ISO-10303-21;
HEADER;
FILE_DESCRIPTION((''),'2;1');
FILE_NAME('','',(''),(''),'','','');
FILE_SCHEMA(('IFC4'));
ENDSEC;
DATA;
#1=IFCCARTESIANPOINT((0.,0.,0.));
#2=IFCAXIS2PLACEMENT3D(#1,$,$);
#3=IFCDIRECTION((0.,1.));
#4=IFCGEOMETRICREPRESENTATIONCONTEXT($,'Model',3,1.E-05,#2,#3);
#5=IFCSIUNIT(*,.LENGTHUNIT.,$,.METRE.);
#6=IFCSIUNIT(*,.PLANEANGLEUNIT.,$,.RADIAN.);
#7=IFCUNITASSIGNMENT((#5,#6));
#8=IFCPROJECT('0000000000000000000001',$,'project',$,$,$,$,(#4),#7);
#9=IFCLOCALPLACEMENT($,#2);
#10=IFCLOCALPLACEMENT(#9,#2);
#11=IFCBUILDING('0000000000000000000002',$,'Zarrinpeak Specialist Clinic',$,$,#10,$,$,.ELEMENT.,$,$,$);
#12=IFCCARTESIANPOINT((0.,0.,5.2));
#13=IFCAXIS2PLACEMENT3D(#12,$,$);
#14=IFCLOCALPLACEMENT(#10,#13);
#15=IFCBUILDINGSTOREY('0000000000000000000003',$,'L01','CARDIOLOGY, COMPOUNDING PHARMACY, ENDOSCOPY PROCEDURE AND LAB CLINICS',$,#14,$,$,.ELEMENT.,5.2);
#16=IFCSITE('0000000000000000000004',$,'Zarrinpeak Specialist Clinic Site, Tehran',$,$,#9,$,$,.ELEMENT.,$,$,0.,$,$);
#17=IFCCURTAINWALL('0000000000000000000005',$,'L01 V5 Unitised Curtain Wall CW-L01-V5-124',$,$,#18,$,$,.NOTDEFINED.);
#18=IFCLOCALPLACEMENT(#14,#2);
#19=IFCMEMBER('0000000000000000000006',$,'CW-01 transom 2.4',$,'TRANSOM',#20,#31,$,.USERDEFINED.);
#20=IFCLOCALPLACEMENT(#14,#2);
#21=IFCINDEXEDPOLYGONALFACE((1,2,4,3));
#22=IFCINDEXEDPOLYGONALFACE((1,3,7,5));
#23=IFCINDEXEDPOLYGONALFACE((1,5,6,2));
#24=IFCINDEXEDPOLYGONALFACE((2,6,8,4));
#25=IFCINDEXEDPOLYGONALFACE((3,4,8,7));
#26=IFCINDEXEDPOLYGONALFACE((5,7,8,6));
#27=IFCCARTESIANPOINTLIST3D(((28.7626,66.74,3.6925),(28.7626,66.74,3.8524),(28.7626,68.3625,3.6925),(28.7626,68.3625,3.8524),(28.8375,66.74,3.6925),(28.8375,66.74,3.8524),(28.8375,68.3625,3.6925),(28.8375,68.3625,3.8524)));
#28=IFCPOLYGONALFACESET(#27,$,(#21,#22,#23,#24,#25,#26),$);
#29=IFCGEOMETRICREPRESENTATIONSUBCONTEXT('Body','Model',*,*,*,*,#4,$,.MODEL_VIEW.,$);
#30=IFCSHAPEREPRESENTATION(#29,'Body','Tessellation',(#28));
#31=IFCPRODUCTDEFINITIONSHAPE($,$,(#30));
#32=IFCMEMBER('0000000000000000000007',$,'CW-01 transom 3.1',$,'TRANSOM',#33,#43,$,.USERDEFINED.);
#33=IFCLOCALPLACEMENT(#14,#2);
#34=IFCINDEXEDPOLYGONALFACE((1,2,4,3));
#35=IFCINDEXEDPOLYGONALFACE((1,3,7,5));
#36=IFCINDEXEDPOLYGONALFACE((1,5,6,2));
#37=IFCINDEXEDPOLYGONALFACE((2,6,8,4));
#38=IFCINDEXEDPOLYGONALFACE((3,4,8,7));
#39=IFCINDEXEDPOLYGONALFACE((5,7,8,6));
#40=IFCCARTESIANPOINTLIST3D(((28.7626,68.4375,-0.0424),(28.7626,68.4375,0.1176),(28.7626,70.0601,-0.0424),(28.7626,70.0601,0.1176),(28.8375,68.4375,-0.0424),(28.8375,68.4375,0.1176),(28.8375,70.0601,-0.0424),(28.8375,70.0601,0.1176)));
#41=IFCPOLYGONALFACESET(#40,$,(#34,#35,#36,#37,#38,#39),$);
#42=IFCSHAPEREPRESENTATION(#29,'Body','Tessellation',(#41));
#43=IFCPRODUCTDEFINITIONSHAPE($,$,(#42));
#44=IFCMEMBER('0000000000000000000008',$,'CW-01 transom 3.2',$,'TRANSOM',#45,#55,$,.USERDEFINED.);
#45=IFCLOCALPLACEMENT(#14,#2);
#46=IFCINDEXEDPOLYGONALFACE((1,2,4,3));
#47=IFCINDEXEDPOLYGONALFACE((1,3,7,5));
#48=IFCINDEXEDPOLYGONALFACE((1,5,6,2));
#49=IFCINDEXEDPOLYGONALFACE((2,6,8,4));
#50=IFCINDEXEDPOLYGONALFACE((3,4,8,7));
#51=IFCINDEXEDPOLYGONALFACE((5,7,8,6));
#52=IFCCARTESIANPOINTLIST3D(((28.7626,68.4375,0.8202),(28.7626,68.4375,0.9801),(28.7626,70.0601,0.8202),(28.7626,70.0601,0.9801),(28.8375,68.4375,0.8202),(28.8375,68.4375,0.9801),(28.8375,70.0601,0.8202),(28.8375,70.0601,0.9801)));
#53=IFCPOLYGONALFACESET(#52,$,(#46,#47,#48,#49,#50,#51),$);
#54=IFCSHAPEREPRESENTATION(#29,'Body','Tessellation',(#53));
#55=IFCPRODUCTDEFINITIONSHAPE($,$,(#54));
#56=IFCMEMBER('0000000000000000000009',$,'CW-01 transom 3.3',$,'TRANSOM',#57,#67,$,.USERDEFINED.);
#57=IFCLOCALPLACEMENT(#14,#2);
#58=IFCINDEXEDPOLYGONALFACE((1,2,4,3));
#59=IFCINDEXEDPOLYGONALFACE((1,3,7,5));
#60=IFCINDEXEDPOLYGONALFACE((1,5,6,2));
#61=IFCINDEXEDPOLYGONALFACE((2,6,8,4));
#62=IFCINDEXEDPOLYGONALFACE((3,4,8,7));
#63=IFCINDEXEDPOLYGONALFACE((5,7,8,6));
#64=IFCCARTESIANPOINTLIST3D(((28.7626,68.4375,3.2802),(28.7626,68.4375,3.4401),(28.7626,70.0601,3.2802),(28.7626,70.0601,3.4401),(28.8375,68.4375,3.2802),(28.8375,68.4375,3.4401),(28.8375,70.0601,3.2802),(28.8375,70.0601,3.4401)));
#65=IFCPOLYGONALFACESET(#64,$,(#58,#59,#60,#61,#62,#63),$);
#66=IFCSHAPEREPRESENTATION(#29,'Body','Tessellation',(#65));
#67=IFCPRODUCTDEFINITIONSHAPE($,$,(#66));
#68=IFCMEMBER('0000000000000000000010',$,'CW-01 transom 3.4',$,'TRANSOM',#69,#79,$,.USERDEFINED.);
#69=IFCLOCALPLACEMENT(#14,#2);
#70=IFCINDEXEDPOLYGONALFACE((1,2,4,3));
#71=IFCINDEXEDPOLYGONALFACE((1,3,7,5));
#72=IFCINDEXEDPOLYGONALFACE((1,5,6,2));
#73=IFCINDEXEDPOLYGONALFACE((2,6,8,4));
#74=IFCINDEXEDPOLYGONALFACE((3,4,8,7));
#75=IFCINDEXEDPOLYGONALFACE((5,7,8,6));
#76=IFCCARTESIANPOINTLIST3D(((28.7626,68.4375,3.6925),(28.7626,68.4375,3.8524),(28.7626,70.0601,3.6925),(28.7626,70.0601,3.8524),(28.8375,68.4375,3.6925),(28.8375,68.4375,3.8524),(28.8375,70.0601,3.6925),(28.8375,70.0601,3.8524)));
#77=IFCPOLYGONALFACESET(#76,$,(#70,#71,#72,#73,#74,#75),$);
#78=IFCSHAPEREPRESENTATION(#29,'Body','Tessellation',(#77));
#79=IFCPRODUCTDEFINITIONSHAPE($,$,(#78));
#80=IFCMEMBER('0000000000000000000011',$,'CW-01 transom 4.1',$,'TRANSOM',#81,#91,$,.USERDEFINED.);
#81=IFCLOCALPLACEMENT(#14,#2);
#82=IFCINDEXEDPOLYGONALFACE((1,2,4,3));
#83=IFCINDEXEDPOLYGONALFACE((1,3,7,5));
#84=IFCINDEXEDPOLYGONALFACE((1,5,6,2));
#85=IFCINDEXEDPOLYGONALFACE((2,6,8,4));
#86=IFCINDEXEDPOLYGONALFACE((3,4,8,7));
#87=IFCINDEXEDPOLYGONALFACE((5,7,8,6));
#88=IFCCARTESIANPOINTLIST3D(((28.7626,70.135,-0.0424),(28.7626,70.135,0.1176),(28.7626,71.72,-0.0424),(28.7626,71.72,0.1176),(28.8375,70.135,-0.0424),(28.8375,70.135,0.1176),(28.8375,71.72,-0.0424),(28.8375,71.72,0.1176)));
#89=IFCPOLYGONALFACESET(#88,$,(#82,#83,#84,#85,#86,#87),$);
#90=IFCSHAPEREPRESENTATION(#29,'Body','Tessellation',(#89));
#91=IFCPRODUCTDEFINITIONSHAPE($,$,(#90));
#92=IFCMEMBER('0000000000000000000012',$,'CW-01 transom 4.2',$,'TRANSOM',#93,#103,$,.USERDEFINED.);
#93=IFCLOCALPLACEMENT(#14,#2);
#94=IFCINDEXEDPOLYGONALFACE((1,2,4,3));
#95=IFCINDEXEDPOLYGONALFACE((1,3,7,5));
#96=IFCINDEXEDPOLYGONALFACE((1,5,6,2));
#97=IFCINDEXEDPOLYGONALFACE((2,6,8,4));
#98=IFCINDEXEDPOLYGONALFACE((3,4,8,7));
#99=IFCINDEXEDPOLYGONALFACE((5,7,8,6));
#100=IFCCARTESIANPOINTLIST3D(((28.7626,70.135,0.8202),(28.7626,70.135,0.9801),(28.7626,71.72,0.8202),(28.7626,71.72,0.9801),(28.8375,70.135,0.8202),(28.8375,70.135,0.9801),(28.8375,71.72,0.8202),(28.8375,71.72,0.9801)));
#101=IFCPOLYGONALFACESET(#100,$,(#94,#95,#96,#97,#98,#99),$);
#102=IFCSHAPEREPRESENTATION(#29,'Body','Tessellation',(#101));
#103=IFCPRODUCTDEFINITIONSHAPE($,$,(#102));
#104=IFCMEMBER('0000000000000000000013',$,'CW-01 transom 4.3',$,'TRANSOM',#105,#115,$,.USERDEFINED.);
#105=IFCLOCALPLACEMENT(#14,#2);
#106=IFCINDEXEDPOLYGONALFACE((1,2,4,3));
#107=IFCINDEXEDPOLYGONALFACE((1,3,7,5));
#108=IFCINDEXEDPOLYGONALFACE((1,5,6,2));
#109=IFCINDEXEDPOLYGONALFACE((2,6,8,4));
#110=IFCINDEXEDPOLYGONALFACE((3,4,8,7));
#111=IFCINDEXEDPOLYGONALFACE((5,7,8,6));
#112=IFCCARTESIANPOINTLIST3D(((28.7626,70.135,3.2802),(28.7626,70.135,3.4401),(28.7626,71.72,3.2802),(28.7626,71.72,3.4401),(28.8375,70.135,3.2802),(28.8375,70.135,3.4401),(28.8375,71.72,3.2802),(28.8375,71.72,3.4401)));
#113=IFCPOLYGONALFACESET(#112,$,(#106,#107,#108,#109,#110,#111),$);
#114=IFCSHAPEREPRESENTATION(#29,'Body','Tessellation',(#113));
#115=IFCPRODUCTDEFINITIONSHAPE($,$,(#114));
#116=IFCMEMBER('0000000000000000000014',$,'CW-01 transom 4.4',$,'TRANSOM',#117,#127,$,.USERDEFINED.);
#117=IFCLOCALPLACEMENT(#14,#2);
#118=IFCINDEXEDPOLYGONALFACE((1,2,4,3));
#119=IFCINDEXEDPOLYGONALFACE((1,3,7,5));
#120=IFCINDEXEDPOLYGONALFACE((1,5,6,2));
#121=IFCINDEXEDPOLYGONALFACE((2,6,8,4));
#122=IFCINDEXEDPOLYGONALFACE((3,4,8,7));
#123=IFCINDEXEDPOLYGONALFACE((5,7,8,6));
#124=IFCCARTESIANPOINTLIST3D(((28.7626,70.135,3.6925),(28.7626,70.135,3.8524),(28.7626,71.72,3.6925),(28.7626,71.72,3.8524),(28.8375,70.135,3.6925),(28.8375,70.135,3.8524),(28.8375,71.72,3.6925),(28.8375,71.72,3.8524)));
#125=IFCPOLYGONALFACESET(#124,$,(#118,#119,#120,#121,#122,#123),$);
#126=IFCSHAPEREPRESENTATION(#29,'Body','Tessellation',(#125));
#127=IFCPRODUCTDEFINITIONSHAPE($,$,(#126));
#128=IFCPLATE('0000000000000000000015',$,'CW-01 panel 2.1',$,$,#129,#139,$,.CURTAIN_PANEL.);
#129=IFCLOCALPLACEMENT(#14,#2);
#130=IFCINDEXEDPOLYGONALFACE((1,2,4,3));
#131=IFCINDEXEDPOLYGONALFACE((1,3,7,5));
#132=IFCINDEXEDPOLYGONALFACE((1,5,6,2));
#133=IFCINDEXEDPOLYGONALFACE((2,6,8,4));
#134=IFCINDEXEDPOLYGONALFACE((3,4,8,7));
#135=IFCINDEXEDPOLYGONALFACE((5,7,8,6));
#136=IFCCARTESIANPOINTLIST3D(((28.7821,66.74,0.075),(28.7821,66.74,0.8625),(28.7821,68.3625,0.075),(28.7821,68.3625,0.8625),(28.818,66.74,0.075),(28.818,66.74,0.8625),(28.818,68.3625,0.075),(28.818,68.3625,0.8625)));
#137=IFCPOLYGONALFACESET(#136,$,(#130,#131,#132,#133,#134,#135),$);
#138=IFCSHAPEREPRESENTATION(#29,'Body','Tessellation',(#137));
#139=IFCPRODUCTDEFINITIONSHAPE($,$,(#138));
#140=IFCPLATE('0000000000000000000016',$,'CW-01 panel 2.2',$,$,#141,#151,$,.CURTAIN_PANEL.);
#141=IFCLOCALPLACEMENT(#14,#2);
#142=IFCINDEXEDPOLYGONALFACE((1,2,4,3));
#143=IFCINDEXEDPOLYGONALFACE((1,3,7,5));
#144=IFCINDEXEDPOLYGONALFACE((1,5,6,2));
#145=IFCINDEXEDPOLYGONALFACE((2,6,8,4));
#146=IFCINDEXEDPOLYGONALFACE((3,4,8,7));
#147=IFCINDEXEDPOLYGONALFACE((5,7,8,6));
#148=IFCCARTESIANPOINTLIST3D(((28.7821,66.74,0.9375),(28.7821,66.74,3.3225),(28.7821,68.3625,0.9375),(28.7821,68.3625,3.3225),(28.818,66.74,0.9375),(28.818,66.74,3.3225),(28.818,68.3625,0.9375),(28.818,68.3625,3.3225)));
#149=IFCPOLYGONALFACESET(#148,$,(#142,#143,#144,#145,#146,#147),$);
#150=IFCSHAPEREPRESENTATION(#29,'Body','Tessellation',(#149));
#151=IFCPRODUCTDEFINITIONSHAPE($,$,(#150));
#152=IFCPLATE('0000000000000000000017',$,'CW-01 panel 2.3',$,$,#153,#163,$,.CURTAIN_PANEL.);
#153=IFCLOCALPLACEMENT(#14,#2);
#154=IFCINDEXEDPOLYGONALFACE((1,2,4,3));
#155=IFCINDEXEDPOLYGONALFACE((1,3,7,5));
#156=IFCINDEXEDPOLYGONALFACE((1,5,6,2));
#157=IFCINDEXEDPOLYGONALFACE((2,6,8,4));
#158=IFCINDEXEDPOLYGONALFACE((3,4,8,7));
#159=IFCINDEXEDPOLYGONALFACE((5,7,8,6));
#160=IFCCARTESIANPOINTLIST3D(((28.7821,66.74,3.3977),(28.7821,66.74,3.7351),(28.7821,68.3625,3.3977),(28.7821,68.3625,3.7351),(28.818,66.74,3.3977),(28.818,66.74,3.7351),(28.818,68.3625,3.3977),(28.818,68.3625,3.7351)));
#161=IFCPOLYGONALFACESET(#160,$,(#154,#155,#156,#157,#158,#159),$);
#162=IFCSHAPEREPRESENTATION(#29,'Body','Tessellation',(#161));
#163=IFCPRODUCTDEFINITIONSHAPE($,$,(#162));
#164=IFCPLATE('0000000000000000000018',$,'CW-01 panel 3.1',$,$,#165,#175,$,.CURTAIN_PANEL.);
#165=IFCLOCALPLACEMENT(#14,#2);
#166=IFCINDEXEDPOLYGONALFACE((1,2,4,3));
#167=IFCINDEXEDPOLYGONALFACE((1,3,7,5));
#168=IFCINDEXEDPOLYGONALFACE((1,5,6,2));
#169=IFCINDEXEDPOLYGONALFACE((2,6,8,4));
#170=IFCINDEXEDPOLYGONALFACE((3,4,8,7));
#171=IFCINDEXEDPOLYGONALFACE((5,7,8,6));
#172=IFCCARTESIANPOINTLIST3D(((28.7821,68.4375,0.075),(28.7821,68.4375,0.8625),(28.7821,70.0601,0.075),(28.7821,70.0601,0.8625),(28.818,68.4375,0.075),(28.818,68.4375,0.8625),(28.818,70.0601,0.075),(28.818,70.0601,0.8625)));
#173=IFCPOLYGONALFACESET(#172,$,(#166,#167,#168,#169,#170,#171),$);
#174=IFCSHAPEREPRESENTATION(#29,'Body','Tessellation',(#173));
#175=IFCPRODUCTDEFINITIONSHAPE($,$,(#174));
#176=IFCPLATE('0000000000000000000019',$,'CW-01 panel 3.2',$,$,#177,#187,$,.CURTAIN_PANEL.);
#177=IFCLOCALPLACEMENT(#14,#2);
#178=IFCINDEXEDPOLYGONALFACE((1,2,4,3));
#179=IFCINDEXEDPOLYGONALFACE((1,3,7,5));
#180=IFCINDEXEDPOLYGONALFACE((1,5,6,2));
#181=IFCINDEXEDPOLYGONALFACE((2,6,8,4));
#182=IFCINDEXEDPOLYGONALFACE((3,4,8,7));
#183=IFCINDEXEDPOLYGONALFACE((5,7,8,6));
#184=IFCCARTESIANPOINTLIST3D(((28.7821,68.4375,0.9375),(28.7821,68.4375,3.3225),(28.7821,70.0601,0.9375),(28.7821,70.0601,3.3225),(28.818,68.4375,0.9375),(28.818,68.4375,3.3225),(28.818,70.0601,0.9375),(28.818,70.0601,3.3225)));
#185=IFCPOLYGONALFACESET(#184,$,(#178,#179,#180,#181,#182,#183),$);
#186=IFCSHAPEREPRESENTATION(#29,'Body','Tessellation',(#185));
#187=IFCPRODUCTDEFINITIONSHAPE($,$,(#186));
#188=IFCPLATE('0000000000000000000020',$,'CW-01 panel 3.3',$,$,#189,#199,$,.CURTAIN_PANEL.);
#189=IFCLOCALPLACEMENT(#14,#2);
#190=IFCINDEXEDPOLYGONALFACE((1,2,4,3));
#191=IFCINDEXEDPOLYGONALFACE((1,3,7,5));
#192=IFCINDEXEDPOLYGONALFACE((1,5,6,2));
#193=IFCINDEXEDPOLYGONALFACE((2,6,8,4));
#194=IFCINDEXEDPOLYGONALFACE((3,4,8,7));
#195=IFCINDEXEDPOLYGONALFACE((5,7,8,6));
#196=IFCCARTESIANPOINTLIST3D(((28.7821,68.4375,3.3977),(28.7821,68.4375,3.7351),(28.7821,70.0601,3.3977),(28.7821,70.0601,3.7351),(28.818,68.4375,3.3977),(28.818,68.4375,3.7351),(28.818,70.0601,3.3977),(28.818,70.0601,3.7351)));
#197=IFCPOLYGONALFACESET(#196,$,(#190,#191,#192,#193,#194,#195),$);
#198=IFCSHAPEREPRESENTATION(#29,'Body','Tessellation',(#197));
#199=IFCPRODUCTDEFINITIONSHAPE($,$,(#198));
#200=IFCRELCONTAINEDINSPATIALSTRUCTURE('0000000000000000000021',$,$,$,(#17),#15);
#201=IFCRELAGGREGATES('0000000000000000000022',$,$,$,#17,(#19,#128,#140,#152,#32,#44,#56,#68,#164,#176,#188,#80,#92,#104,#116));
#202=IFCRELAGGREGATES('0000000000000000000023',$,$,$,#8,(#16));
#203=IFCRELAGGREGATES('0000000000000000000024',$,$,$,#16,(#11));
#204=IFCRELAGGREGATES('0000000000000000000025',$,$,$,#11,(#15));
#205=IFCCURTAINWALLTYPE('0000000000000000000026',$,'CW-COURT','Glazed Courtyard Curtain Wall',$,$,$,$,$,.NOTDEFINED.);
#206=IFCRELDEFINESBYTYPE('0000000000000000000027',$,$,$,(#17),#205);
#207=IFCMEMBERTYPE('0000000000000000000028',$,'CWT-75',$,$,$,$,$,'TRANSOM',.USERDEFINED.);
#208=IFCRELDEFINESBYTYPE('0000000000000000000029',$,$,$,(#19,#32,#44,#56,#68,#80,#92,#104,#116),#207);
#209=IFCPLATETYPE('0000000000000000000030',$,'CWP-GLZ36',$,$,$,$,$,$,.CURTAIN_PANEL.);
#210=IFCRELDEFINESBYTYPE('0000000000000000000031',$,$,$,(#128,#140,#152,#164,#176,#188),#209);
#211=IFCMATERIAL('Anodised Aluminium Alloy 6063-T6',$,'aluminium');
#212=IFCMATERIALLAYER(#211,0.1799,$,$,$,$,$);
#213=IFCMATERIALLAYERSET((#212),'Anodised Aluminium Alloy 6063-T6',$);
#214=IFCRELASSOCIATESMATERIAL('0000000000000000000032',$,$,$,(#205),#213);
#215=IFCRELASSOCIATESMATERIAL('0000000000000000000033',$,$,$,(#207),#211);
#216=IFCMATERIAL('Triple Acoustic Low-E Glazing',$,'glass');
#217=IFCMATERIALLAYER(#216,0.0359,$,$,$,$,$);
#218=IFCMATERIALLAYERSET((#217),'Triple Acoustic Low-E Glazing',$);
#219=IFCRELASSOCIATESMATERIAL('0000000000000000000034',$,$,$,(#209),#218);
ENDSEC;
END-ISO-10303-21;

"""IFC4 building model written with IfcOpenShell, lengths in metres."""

from ifc_helpers import new_model, si_unit, direction, frame, origin, origin_2d, place, context, subcontext, project, spatial, rectangle, extrude, material, layer, layer_set, material_profile, profile_set, type_object, element, aggregate, save


model = new_model("IFC4")

# Units and contexts
model_context = context("Model", 3, precision=1e-05, world=origin(), true_north=direction((0.0, 1.0)))
body_context = subcontext(model_context, "Body", "Model", "MODEL_VIEW")
ifc_project = project(units=[si_unit("LENGTHUNIT", "METRE"), si_unit("PLANEANGLEUNIT", "RADIAN")], contexts=[model_context])

# Site, building, storey
site_placement = place(None, origin())
site = spatial("IfcSite", under=ifc_project, at=site_placement, Name="Zarrinpeak Specialist Clinic Site, Tehran", CompositionType="ELEMENT", RefElevation=0.0)
building_placement = place(site_placement, origin())
building = spatial("IfcBuilding", under=site, at=building_placement, Name="Zarrinpeak Specialist Clinic", CompositionType="ELEMENT")
storey_placement = place(building_placement, frame((0.0, 0.0, 5.2)))
storey = spatial("IfcBuildingStorey", under=building, at=storey_placement, Name="L01", Description="CARDIOLOGY, COMPOUNDING PHARMACY, ENDOSCOPY PROCEDURE AND LAB CLINICS", CompositionType="ELEMENT", Elevation=5.2)

# Curtain wall, members, plates
ifc_material_1 = material(Name="Anodised Aluminium Alloy 6063-T6", Category="aluminium")
ifc_layer_1 = layer(ifc_material_1, 0.1799)
ifc_layer_set_1 = layer_set([ifc_layer_1], Name="Anodised Aluminium Alloy 6063-T6")
curtain_wall_type = type_object("IfcCurtainWallType", Name="CW-COURT", Description="Glazed Courtyard Curtain Wall", PredefinedType="NOTDEFINED", material=ifc_layer_set_1)
curtain_wall_placement = place(storey_placement, origin())
curtain_wall = element("IfcCurtainWall", 1, at=curtain_wall_placement, inside=storey, type_object=curtain_wall_type, Name="L01 V5 Unitised Curtain Wall CW-L01-V5-124", PredefinedType="NOTDEFINED")
ifc_material_profile_1 = material_profile(ifc_material_1, rectangle(XDim=0.075, YDim=0.1599, at=origin_2d()), Name="ALU 75x160")
ifc_profile_set_1 = profile_set([ifc_material_profile_1], Name="Anodised Aluminium Alloy 6063-T6")
member_type_1 = type_object("IfcMemberType", Name="CWT-75", ElementType="TRANSOM", PredefinedType="USERDEFINED", material=ifc_profile_set_1)
member_1_placement = place(storey_placement, frame((28.8, 66.74, 3.7725), z_axis=(0.0, 1.0, 0.0), x_axis=(-1.0, 0.0, 0.0)))
member_1 = element("IfcMember", 2, at=member_1_placement, type_object=member_type_1, Name="CW-01 transom 2.4", ObjectType="TRANSOM", PredefinedType="USERDEFINED", context=body_context, shape_type="SweptSolid", body=[
    extrude(rectangle(XDim=0.075, YDim=0.1599, at=origin_2d()), origin(), (0.0, 0.0, 1.0), 1.6226),
])
member_2_placement = place(storey_placement, frame((28.8, 68.4375, 0.0376), z_axis=(0.0, 1.0, 0.0), x_axis=(-1.0, 0.0, 0.0)))
member_2 = element("IfcMember", 3, at=member_2_placement, type_object=member_type_1, Name="CW-01 transom 3.1", ObjectType="TRANSOM", PredefinedType="USERDEFINED", context=body_context, shape_type="SweptSolid", body=[
    extrude(rectangle(XDim=0.075, YDim=0.1599, at=origin_2d()), origin(), (0.0, 0.0, 1.0), 1.6226),
])
member_3_placement = place(storey_placement, frame((28.8, 68.4375, 0.9001), z_axis=(0.0, 1.0, 0.0), x_axis=(-1.0, 0.0, 0.0)))
member_3 = element("IfcMember", 4, at=member_3_placement, type_object=member_type_1, Name="CW-01 transom 3.2", ObjectType="TRANSOM", PredefinedType="USERDEFINED", context=body_context, shape_type="SweptSolid", body=[
    extrude(rectangle(XDim=0.075, YDim=0.1599, at=origin_2d()), origin(), (0.0, 0.0, 1.0), 1.6226),
])
member_4_placement = place(storey_placement, frame((28.8, 68.4375, 3.3601), z_axis=(0.0, 1.0, 0.0), x_axis=(-1.0, 0.0, 0.0)))
member_4 = element("IfcMember", 5, at=member_4_placement, type_object=member_type_1, Name="CW-01 transom 3.3", ObjectType="TRANSOM", PredefinedType="USERDEFINED", context=body_context, shape_type="SweptSolid", body=[
    extrude(rectangle(XDim=0.075, YDim=0.1599, at=origin_2d()), origin(), (0.0, 0.0, 1.0), 1.6226),
])
member_5_placement = place(storey_placement, frame((28.8, 68.4375, 3.7725), z_axis=(0.0, 1.0, 0.0), x_axis=(-1.0, 0.0, 0.0)))
member_5 = element("IfcMember", 6, at=member_5_placement, type_object=member_type_1, Name="CW-01 transom 3.4", ObjectType="TRANSOM", PredefinedType="USERDEFINED", context=body_context, shape_type="SweptSolid", body=[
    extrude(rectangle(XDim=0.075, YDim=0.1599, at=origin_2d()), origin(), (0.0, 0.0, 1.0), 1.6226),
])
member_6_placement = place(storey_placement, frame((28.8, 70.135, 0.0376), z_axis=(0.0, 1.0, 0.0), x_axis=(-1.0, 0.0, 0.0)))
member_6 = element("IfcMember", 7, at=member_6_placement, type_object=member_type_1, Name="CW-01 transom 4.1", ObjectType="TRANSOM", PredefinedType="USERDEFINED", context=body_context, shape_type="SweptSolid", body=[
    extrude(rectangle(XDim=0.075, YDim=0.1599, at=origin_2d()), origin(), (0.0, 0.0, 1.0), 1.585),
])
member_7_placement = place(storey_placement, frame((28.8, 70.135, 0.9001), z_axis=(0.0, 1.0, 0.0), x_axis=(-1.0, 0.0, 0.0)))
member_7 = element("IfcMember", 8, at=member_7_placement, type_object=member_type_1, Name="CW-01 transom 4.2", ObjectType="TRANSOM", PredefinedType="USERDEFINED", context=body_context, shape_type="SweptSolid", body=[
    extrude(rectangle(XDim=0.075, YDim=0.1599, at=origin_2d()), origin(), (0.0, 0.0, 1.0), 1.585),
])
member_8_placement = place(storey_placement, frame((28.8, 70.135, 3.3601), z_axis=(0.0, 1.0, 0.0), x_axis=(-1.0, 0.0, 0.0)))
member_8 = element("IfcMember", 9, at=member_8_placement, type_object=member_type_1, Name="CW-01 transom 4.3", ObjectType="TRANSOM", PredefinedType="USERDEFINED", context=body_context, shape_type="SweptSolid", body=[
    extrude(rectangle(XDim=0.075, YDim=0.1599, at=origin_2d()), origin(), (0.0, 0.0, 1.0), 1.585),
])
member_9_placement = place(storey_placement, frame((28.8, 70.135, 3.7725), z_axis=(0.0, 1.0, 0.0), x_axis=(-1.0, 0.0, 0.0)))
member_9 = element("IfcMember", 10, at=member_9_placement, type_object=member_type_1, Name="CW-01 transom 4.4", ObjectType="TRANSOM", PredefinedType="USERDEFINED", context=body_context, shape_type="SweptSolid", body=[
    extrude(rectangle(XDim=0.075, YDim=0.1599, at=origin_2d()), origin(), (0.0, 0.0, 1.0), 1.585),
])
ifc_material_2 = material(Name="Triple Acoustic Low-E Glazing", Category="glass")
ifc_layer_2 = layer(ifc_material_2, 0.0359)
ifc_layer_set_2 = layer_set([ifc_layer_2], Name="Triple Acoustic Low-E Glazing")
plate_type = type_object("IfcPlateType", Name="CWP-GLZ36", PredefinedType="CURTAIN_PANEL", material=ifc_layer_set_2)
plate_1_placement = place(storey_placement, frame((28.8, 67.5513, 0.075), z_axis=(0.0, 0.0, 1.0), x_axis=(0.0, 1.0, 0.0)))
plate_1 = element("IfcPlate", 11, at=plate_1_placement, type_object=plate_type, Name="CW-01 panel 2.1", PredefinedType="CURTAIN_PANEL", context=body_context, shape_type="SweptSolid", body=[
    extrude(rectangle(XDim=1.6226, YDim=0.0359, at=origin_2d()), origin(), (0.0, 0.0, 1.0), 0.7876),
])
plate_2_placement = place(storey_placement, frame((28.8, 67.5513, 0.9375), z_axis=(0.0, 0.0, 1.0), x_axis=(0.0, 1.0, 0.0)))
plate_2 = element("IfcPlate", 12, at=plate_2_placement, type_object=plate_type, Name="CW-01 panel 2.2", PredefinedType="CURTAIN_PANEL", context=body_context, shape_type="SweptSolid", body=[
    extrude(rectangle(XDim=1.6226, YDim=0.0359, at=origin_2d()), origin(), (0.0, 0.0, 1.0), 2.385),
])
plate_3_placement = place(storey_placement, frame((28.8, 67.5513, 3.3977), z_axis=(0.0, 0.0, 1.0), x_axis=(0.0, 1.0, 0.0)))
plate_3 = element("IfcPlate", 13, at=plate_3_placement, type_object=plate_type, Name="CW-01 panel 2.3", PredefinedType="CURTAIN_PANEL", context=body_context, shape_type="SweptSolid", body=[
    extrude(rectangle(XDim=1.6226, YDim=0.0359, at=origin_2d()), origin(), (0.0, 0.0, 1.0), 0.3374),
])
plate_4_placement = place(storey_placement, frame((28.8, 69.2488, 0.075), z_axis=(0.0, 0.0, 1.0), x_axis=(0.0, 1.0, 0.0)))
plate_4 = element("IfcPlate", 14, at=plate_4_placement, type_object=plate_type, Name="CW-01 panel 3.1", PredefinedType="CURTAIN_PANEL", context=body_context, shape_type="SweptSolid", body=[
    extrude(rectangle(XDim=1.6226, YDim=0.0359, at=origin_2d()), origin(), (0.0, 0.0, 1.0), 0.7876),
])
plate_5_placement = place(storey_placement, frame((28.8, 69.2488, 0.9375), z_axis=(0.0, 0.0, 1.0), x_axis=(0.0, 1.0, 0.0)))
plate_5 = element("IfcPlate", 15, at=plate_5_placement, type_object=plate_type, Name="CW-01 panel 3.2", PredefinedType="CURTAIN_PANEL", context=body_context, shape_type="SweptSolid", body=[
    extrude(rectangle(XDim=1.6226, YDim=0.0359, at=origin_2d()), origin(), (0.0, 0.0, 1.0), 2.385),
])
plate_6_placement = place(storey_placement, frame((28.8, 69.2488, 3.3977), z_axis=(0.0, 0.0, 1.0), x_axis=(0.0, 1.0, 0.0)))
plate_6 = element("IfcPlate", 16, at=plate_6_placement, type_object=plate_type, Name="CW-01 panel 3.3", PredefinedType="CURTAIN_PANEL", context=body_context, shape_type="SweptSolid", body=[
    extrude(rectangle(XDim=1.6226, YDim=0.0359, at=origin_2d()), origin(), (0.0, 0.0, 1.0), 0.3374),
])
aggregate(curtain_wall, [member_1, plate_1, plate_2, plate_3, member_2, member_3, member_4, member_5, plate_4, plate_5, plate_6, member_6, member_7, member_8, member_9])

save(model, "model.ifc")
